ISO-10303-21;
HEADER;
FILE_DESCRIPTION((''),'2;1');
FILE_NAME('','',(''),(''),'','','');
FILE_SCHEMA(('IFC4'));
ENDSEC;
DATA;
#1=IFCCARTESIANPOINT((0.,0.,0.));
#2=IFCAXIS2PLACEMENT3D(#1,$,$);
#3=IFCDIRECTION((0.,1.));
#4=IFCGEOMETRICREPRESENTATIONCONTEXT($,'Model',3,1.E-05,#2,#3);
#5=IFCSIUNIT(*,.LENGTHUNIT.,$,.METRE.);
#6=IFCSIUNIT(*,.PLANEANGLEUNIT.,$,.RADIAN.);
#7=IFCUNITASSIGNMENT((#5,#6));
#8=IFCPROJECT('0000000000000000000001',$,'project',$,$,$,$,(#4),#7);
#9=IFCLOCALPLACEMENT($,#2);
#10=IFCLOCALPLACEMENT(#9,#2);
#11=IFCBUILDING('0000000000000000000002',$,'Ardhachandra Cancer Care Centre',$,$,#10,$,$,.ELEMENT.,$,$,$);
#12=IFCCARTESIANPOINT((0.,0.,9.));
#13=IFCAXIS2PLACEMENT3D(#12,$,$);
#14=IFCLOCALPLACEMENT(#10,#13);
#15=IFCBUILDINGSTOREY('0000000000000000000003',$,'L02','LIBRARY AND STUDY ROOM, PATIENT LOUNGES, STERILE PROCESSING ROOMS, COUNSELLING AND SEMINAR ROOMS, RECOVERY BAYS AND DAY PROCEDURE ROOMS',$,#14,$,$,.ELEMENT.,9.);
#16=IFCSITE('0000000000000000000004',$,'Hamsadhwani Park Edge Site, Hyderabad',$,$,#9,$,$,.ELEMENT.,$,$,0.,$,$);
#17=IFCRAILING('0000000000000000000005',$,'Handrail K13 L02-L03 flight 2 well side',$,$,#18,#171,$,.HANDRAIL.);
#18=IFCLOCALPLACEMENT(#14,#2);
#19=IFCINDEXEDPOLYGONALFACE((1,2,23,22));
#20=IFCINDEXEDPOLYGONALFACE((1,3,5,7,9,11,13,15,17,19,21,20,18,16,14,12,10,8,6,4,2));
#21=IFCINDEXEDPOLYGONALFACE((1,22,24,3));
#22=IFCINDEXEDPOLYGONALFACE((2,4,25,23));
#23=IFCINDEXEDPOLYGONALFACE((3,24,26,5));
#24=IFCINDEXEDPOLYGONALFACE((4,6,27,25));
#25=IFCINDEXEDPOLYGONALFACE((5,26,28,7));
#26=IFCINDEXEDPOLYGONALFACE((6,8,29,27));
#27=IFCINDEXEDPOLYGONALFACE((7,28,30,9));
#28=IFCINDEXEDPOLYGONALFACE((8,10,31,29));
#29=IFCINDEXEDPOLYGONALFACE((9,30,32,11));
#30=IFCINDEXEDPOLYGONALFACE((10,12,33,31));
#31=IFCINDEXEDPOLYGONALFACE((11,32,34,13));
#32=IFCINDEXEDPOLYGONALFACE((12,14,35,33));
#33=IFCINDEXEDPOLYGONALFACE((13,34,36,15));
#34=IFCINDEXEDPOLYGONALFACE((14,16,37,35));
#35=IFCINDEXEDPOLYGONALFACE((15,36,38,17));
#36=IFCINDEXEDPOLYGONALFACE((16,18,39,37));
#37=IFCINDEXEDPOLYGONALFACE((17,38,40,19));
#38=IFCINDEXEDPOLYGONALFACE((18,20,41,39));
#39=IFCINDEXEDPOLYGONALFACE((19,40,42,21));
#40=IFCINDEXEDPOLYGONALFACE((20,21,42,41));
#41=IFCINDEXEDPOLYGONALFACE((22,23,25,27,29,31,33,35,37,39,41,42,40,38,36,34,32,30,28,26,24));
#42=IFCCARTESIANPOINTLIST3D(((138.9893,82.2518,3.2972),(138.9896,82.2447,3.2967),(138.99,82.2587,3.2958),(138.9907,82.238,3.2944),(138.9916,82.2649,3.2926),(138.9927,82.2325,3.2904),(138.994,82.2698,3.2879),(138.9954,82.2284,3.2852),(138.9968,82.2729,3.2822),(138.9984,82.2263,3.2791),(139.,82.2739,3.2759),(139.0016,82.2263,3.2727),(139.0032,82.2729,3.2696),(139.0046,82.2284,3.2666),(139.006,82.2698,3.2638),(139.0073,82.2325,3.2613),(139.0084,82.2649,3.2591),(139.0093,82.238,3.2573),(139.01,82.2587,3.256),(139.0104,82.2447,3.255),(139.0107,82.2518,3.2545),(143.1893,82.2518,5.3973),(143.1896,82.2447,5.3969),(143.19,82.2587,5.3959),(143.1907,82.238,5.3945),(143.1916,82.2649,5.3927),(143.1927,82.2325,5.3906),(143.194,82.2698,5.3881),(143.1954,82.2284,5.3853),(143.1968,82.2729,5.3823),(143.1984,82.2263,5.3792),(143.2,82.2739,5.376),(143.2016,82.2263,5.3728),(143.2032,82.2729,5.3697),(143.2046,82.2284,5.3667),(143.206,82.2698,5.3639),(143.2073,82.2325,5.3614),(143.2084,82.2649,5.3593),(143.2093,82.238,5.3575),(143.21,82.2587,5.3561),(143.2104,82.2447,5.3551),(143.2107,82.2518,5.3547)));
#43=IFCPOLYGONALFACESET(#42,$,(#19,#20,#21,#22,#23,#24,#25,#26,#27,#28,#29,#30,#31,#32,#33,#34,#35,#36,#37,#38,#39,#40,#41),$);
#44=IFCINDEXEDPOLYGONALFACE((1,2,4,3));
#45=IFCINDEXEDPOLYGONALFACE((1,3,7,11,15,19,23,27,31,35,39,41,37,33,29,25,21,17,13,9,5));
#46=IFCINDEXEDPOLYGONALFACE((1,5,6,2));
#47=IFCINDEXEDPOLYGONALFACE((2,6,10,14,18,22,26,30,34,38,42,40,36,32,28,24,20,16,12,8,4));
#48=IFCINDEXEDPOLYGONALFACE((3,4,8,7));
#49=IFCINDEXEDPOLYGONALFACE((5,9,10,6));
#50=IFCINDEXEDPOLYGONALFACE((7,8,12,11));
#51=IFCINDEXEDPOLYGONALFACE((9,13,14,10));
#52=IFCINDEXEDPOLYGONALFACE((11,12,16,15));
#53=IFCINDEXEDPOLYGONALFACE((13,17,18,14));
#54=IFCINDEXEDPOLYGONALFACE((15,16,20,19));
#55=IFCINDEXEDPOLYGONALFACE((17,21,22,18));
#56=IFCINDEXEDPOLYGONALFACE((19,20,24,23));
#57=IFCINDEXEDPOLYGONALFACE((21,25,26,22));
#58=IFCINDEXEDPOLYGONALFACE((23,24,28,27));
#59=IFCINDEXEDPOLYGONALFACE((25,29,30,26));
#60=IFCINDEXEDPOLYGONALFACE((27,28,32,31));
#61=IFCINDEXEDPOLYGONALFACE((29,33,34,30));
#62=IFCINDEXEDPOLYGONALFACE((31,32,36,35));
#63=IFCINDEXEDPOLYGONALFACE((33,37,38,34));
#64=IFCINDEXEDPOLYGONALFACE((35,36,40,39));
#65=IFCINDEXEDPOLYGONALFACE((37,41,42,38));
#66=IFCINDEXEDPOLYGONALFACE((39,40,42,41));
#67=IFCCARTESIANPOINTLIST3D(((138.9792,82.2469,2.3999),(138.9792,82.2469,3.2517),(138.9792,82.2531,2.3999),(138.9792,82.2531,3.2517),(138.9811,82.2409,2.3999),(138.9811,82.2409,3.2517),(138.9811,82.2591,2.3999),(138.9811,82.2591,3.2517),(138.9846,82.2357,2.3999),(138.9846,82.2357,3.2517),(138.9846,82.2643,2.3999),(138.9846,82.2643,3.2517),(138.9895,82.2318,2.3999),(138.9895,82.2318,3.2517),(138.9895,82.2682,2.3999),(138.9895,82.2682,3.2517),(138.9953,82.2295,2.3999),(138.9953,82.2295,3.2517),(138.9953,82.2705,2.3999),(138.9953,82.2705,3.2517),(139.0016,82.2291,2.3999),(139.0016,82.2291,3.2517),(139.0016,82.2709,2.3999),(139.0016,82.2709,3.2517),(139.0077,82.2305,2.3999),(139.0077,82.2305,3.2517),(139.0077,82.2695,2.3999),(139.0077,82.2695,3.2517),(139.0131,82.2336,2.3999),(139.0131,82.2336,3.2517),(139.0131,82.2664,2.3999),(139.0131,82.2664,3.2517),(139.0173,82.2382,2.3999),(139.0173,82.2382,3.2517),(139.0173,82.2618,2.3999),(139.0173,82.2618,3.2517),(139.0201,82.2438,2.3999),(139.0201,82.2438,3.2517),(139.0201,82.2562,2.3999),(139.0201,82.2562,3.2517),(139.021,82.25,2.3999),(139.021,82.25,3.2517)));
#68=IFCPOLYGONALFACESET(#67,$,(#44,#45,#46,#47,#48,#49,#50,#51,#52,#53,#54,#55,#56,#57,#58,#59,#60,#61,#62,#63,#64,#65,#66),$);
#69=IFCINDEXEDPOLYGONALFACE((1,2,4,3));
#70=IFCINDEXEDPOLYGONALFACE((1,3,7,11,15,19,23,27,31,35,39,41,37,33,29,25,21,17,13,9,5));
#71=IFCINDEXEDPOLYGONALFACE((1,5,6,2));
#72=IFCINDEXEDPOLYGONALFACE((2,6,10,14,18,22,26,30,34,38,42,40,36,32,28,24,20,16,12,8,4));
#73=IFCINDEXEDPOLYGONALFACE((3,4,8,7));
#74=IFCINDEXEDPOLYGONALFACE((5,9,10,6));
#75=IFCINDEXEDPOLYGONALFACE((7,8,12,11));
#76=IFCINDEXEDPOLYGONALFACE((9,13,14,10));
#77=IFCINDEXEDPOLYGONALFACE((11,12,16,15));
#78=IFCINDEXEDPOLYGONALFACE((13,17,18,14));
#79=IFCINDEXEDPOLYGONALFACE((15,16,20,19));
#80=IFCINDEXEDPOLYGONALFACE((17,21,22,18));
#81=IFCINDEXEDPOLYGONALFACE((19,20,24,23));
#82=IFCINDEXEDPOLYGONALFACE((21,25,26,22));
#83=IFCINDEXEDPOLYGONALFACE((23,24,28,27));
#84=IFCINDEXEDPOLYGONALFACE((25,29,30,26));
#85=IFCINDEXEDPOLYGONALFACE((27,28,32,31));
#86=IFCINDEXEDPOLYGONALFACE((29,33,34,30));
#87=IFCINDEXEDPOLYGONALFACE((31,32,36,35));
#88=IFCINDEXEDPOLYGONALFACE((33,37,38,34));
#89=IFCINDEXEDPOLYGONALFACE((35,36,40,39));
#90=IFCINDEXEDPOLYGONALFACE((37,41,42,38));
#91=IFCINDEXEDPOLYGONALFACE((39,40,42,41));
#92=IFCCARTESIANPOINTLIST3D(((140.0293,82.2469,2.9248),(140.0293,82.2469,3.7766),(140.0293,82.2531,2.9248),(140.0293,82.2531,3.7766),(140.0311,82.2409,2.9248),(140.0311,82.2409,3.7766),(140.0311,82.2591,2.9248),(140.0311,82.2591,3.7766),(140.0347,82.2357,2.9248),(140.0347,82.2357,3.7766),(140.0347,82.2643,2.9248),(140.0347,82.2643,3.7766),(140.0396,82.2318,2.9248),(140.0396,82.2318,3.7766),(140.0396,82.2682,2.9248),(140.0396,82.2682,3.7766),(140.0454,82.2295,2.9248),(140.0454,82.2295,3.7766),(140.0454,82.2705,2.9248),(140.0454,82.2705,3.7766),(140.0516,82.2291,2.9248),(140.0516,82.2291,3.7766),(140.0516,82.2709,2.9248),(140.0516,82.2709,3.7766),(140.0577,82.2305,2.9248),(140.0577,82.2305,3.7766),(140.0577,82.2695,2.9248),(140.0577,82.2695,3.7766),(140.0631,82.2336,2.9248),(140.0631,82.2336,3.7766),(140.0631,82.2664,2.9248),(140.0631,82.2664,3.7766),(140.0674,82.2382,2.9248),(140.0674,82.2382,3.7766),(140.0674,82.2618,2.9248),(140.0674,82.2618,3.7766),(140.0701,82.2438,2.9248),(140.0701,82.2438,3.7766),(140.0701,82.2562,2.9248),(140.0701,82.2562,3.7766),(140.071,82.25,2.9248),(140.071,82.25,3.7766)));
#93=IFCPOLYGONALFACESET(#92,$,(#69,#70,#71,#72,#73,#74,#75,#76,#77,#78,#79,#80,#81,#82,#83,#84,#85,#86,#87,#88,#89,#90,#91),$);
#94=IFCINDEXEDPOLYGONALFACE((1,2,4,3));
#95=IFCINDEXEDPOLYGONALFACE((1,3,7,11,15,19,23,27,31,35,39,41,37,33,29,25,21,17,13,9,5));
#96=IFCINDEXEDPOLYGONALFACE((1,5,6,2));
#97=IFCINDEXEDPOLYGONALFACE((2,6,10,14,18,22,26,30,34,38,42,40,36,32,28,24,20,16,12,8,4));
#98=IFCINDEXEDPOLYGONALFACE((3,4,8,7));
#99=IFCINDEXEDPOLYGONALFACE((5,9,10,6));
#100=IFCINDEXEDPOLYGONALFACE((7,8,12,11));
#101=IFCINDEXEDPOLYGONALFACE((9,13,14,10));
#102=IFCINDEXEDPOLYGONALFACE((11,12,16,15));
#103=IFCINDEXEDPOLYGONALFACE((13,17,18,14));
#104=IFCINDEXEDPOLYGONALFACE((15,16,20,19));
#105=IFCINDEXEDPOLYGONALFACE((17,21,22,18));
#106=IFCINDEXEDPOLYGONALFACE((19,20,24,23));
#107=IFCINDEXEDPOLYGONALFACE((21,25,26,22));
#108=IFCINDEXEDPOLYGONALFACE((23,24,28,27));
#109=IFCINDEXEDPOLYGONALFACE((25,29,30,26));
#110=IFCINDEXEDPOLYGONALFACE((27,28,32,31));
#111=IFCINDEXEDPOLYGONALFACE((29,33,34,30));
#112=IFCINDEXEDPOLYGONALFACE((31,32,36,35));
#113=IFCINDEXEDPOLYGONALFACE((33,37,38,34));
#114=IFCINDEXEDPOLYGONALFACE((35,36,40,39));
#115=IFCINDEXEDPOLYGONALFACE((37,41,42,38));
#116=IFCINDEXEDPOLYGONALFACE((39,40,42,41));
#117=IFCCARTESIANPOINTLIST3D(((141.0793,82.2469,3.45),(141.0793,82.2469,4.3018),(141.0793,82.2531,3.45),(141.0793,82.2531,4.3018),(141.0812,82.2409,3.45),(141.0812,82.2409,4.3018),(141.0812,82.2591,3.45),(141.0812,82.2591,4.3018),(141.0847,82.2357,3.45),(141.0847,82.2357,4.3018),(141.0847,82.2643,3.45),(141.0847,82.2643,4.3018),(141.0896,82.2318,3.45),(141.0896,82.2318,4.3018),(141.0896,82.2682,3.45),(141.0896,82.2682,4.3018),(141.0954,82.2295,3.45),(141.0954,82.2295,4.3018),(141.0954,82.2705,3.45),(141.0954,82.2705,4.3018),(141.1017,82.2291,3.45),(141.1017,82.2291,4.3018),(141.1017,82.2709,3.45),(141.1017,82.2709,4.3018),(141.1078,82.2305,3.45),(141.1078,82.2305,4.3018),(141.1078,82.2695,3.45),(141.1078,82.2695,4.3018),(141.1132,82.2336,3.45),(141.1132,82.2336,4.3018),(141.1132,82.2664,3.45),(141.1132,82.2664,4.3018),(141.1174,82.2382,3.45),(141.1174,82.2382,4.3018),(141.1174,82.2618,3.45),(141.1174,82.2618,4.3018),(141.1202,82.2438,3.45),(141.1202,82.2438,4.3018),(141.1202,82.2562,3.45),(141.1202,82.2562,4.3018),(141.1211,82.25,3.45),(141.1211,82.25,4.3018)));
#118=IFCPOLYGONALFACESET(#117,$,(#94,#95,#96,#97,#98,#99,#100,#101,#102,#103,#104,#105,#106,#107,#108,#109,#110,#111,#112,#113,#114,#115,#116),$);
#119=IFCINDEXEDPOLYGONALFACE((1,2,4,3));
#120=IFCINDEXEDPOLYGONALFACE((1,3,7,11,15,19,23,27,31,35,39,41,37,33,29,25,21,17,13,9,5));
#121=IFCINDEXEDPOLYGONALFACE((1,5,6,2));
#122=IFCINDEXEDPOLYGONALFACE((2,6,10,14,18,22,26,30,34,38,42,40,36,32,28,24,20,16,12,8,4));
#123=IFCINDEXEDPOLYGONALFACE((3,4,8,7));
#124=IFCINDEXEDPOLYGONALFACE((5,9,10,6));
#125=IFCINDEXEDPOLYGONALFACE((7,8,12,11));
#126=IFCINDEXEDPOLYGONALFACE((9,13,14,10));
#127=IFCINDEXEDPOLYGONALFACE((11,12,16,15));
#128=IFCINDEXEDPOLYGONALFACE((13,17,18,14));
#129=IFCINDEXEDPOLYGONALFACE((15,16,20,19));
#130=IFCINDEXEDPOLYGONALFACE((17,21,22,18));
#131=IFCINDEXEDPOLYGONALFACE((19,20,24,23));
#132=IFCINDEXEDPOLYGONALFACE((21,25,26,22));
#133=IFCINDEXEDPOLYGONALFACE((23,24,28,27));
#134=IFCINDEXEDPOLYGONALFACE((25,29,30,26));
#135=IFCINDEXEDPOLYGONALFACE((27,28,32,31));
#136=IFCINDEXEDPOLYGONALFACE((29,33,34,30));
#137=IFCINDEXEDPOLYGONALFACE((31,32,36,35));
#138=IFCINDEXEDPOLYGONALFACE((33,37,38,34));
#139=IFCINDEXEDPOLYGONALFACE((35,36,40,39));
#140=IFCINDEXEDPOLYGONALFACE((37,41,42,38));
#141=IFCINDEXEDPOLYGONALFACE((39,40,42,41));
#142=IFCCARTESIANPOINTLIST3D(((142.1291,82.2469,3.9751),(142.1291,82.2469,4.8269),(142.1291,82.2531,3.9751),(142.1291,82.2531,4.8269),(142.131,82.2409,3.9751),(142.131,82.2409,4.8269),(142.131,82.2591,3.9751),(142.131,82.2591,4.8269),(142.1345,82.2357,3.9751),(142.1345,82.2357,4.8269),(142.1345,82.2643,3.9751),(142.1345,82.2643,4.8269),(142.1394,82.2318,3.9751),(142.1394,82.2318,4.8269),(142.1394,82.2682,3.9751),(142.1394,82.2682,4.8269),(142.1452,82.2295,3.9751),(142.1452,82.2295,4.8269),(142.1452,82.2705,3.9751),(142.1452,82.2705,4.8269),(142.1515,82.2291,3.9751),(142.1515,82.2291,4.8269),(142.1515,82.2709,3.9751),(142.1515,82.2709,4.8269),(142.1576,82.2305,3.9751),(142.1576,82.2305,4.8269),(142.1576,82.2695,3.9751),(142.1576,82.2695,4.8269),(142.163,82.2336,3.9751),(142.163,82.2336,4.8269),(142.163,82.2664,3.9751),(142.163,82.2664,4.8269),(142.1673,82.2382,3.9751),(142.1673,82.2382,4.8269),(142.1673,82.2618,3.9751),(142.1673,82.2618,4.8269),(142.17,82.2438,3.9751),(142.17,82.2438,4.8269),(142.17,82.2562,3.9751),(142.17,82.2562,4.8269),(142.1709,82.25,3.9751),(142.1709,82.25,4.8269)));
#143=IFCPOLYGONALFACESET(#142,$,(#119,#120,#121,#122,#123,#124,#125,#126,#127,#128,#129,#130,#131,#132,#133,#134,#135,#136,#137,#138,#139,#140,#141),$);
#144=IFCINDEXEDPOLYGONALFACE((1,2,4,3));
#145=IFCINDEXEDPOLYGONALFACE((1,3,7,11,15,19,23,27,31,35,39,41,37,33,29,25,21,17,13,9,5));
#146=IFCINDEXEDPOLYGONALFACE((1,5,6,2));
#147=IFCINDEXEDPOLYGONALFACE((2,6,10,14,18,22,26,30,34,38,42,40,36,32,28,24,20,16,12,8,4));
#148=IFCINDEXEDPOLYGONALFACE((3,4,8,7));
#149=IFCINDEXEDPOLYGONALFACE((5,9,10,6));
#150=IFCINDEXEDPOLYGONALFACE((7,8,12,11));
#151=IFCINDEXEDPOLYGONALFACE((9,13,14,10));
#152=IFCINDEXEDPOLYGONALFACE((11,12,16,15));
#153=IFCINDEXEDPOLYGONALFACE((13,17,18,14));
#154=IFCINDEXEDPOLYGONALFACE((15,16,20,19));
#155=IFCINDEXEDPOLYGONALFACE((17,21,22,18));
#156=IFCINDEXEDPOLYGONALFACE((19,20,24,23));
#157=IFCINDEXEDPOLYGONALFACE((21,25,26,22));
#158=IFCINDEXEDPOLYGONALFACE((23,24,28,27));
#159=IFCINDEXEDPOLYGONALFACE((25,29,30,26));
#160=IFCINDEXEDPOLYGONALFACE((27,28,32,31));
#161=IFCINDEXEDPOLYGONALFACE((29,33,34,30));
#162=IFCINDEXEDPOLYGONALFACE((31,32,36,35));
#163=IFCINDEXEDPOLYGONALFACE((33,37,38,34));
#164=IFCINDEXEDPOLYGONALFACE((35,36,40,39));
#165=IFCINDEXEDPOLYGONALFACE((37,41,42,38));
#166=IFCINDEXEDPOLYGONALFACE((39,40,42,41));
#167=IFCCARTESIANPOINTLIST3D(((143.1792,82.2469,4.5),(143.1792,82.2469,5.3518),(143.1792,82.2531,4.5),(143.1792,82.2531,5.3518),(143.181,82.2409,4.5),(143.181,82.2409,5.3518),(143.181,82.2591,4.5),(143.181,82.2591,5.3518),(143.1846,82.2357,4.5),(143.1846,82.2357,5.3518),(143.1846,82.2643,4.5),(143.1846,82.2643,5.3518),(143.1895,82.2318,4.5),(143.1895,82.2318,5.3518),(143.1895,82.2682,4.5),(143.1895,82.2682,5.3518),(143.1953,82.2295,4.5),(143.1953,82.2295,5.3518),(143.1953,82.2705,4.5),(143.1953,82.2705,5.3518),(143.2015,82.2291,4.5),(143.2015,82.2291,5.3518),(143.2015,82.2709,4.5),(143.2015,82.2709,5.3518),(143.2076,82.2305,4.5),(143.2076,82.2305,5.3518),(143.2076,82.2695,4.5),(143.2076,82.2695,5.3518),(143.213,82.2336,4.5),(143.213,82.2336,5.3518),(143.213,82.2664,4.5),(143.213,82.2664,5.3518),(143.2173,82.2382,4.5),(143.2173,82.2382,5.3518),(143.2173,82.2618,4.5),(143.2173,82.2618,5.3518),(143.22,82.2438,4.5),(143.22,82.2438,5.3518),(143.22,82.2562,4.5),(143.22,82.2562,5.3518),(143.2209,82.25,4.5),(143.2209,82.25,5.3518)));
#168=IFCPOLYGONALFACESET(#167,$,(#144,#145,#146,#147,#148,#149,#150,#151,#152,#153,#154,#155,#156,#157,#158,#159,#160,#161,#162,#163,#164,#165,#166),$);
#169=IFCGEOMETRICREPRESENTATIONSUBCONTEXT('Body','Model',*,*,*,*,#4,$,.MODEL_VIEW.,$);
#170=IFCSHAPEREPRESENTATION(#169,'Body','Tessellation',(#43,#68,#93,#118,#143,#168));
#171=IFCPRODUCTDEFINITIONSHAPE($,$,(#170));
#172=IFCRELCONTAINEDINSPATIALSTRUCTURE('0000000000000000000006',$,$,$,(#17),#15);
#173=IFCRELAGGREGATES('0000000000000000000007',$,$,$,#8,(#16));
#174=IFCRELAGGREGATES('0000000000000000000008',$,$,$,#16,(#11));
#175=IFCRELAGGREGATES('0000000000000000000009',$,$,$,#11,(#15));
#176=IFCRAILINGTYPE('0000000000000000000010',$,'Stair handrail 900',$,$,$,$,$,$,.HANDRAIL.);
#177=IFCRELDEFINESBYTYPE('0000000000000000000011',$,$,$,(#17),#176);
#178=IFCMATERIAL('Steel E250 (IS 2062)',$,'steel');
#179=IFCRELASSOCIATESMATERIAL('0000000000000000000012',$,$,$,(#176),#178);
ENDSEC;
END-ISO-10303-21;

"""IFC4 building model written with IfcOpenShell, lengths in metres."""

from ifc_helpers import new_model, si_unit, direction, frame, origin, origin_2d, place, context, subcontext, project, spatial, circle, extrude, material, type_object, element, save


model = new_model("IFC4")

# Units and contexts
model_context = context("Model", 3, precision=1e-05, world=origin(), true_north=direction((0.0, 1.0)))
body_context = subcontext(model_context, "Body", "Model", "MODEL_VIEW")
ifc_project = project(units=[si_unit("LENGTHUNIT", "METRE"), si_unit("PLANEANGLEUNIT", "RADIAN")], contexts=[model_context])

# Site, building, storey
site_placement = place(None, origin())
site = spatial("IfcSite", under=ifc_project, at=site_placement, Name="Hamsadhwani Park Edge Site, Hyderabad", CompositionType="ELEMENT", RefElevation=0.0)
building_placement = place(site_placement, origin())
building = spatial("IfcBuilding", under=site, at=building_placement, Name="Ardhachandra Cancer Care Centre", CompositionType="ELEMENT")
storey_placement = place(building_placement, frame((0.0, 0.0, 9.0)))
storey = spatial("IfcBuildingStorey", under=building, at=storey_placement, Name="L02", Description="LIBRARY AND STUDY ROOM, PATIENT LOUNGES, STERILE PROCESSING ROOMS, COUNSELLING AND SEMINAR ROOMS, RECOVERY BAYS AND DAY PROCEDURE ROOMS", CompositionType="ELEMENT", Elevation=9.0)

# Railing
ifc_material_1 = material(Name="Steel E250 (IS 2062)", Category="steel")
railing_type_1 = type_object("IfcRailingType", Name="Stair handrail 900", PredefinedType="HANDRAIL", material=ifc_material_1)
railing_1_placement = place(storey_placement, frame((139.0, 82.25, 2.3999)))
element("IfcRailing", 1, at=railing_1_placement, inside=storey, type_object=railing_type_1, Name="Handrail K13 L02-L03 flight 2 well side", PredefinedType="HANDRAIL", context=body_context, shape_type="SweptSolid", body=[
    extrude(circle(Radius=0.0239, at=origin_2d()), frame((0.0, 0.0, 0.876), z_axis=(0.894417, 0.0, 0.447234), x_axis=(0.0, 1.0, 0.0)), (0.0, 0.0, 1.0), 4.6958),
    extrude(circle(Radius=0.021, at=origin_2d()), origin(), (0.0, 0.0, 1.0), 0.8518),
    extrude(circle(Radius=0.021, at=origin_2d()), frame((1.05, 0.0, 0.5249)), (0.0, 0.0, 1.0), 0.8518),
    extrude(circle(Radius=0.021, at=origin_2d()), frame((2.1001, 0.0, 1.05)), (0.0, 0.0, 1.0), 0.8518),
    extrude(circle(Radius=0.021, at=origin_2d()), frame((3.1499, 0.0, 1.5752)), (0.0, 0.0, 1.0), 0.8518),
    extrude(circle(Radius=0.021, at=origin_2d()), frame((4.2, 0.0, 2.1001)), (0.0, 0.0, 1.0), 0.8518),
])

save(model, "model.ifc")
